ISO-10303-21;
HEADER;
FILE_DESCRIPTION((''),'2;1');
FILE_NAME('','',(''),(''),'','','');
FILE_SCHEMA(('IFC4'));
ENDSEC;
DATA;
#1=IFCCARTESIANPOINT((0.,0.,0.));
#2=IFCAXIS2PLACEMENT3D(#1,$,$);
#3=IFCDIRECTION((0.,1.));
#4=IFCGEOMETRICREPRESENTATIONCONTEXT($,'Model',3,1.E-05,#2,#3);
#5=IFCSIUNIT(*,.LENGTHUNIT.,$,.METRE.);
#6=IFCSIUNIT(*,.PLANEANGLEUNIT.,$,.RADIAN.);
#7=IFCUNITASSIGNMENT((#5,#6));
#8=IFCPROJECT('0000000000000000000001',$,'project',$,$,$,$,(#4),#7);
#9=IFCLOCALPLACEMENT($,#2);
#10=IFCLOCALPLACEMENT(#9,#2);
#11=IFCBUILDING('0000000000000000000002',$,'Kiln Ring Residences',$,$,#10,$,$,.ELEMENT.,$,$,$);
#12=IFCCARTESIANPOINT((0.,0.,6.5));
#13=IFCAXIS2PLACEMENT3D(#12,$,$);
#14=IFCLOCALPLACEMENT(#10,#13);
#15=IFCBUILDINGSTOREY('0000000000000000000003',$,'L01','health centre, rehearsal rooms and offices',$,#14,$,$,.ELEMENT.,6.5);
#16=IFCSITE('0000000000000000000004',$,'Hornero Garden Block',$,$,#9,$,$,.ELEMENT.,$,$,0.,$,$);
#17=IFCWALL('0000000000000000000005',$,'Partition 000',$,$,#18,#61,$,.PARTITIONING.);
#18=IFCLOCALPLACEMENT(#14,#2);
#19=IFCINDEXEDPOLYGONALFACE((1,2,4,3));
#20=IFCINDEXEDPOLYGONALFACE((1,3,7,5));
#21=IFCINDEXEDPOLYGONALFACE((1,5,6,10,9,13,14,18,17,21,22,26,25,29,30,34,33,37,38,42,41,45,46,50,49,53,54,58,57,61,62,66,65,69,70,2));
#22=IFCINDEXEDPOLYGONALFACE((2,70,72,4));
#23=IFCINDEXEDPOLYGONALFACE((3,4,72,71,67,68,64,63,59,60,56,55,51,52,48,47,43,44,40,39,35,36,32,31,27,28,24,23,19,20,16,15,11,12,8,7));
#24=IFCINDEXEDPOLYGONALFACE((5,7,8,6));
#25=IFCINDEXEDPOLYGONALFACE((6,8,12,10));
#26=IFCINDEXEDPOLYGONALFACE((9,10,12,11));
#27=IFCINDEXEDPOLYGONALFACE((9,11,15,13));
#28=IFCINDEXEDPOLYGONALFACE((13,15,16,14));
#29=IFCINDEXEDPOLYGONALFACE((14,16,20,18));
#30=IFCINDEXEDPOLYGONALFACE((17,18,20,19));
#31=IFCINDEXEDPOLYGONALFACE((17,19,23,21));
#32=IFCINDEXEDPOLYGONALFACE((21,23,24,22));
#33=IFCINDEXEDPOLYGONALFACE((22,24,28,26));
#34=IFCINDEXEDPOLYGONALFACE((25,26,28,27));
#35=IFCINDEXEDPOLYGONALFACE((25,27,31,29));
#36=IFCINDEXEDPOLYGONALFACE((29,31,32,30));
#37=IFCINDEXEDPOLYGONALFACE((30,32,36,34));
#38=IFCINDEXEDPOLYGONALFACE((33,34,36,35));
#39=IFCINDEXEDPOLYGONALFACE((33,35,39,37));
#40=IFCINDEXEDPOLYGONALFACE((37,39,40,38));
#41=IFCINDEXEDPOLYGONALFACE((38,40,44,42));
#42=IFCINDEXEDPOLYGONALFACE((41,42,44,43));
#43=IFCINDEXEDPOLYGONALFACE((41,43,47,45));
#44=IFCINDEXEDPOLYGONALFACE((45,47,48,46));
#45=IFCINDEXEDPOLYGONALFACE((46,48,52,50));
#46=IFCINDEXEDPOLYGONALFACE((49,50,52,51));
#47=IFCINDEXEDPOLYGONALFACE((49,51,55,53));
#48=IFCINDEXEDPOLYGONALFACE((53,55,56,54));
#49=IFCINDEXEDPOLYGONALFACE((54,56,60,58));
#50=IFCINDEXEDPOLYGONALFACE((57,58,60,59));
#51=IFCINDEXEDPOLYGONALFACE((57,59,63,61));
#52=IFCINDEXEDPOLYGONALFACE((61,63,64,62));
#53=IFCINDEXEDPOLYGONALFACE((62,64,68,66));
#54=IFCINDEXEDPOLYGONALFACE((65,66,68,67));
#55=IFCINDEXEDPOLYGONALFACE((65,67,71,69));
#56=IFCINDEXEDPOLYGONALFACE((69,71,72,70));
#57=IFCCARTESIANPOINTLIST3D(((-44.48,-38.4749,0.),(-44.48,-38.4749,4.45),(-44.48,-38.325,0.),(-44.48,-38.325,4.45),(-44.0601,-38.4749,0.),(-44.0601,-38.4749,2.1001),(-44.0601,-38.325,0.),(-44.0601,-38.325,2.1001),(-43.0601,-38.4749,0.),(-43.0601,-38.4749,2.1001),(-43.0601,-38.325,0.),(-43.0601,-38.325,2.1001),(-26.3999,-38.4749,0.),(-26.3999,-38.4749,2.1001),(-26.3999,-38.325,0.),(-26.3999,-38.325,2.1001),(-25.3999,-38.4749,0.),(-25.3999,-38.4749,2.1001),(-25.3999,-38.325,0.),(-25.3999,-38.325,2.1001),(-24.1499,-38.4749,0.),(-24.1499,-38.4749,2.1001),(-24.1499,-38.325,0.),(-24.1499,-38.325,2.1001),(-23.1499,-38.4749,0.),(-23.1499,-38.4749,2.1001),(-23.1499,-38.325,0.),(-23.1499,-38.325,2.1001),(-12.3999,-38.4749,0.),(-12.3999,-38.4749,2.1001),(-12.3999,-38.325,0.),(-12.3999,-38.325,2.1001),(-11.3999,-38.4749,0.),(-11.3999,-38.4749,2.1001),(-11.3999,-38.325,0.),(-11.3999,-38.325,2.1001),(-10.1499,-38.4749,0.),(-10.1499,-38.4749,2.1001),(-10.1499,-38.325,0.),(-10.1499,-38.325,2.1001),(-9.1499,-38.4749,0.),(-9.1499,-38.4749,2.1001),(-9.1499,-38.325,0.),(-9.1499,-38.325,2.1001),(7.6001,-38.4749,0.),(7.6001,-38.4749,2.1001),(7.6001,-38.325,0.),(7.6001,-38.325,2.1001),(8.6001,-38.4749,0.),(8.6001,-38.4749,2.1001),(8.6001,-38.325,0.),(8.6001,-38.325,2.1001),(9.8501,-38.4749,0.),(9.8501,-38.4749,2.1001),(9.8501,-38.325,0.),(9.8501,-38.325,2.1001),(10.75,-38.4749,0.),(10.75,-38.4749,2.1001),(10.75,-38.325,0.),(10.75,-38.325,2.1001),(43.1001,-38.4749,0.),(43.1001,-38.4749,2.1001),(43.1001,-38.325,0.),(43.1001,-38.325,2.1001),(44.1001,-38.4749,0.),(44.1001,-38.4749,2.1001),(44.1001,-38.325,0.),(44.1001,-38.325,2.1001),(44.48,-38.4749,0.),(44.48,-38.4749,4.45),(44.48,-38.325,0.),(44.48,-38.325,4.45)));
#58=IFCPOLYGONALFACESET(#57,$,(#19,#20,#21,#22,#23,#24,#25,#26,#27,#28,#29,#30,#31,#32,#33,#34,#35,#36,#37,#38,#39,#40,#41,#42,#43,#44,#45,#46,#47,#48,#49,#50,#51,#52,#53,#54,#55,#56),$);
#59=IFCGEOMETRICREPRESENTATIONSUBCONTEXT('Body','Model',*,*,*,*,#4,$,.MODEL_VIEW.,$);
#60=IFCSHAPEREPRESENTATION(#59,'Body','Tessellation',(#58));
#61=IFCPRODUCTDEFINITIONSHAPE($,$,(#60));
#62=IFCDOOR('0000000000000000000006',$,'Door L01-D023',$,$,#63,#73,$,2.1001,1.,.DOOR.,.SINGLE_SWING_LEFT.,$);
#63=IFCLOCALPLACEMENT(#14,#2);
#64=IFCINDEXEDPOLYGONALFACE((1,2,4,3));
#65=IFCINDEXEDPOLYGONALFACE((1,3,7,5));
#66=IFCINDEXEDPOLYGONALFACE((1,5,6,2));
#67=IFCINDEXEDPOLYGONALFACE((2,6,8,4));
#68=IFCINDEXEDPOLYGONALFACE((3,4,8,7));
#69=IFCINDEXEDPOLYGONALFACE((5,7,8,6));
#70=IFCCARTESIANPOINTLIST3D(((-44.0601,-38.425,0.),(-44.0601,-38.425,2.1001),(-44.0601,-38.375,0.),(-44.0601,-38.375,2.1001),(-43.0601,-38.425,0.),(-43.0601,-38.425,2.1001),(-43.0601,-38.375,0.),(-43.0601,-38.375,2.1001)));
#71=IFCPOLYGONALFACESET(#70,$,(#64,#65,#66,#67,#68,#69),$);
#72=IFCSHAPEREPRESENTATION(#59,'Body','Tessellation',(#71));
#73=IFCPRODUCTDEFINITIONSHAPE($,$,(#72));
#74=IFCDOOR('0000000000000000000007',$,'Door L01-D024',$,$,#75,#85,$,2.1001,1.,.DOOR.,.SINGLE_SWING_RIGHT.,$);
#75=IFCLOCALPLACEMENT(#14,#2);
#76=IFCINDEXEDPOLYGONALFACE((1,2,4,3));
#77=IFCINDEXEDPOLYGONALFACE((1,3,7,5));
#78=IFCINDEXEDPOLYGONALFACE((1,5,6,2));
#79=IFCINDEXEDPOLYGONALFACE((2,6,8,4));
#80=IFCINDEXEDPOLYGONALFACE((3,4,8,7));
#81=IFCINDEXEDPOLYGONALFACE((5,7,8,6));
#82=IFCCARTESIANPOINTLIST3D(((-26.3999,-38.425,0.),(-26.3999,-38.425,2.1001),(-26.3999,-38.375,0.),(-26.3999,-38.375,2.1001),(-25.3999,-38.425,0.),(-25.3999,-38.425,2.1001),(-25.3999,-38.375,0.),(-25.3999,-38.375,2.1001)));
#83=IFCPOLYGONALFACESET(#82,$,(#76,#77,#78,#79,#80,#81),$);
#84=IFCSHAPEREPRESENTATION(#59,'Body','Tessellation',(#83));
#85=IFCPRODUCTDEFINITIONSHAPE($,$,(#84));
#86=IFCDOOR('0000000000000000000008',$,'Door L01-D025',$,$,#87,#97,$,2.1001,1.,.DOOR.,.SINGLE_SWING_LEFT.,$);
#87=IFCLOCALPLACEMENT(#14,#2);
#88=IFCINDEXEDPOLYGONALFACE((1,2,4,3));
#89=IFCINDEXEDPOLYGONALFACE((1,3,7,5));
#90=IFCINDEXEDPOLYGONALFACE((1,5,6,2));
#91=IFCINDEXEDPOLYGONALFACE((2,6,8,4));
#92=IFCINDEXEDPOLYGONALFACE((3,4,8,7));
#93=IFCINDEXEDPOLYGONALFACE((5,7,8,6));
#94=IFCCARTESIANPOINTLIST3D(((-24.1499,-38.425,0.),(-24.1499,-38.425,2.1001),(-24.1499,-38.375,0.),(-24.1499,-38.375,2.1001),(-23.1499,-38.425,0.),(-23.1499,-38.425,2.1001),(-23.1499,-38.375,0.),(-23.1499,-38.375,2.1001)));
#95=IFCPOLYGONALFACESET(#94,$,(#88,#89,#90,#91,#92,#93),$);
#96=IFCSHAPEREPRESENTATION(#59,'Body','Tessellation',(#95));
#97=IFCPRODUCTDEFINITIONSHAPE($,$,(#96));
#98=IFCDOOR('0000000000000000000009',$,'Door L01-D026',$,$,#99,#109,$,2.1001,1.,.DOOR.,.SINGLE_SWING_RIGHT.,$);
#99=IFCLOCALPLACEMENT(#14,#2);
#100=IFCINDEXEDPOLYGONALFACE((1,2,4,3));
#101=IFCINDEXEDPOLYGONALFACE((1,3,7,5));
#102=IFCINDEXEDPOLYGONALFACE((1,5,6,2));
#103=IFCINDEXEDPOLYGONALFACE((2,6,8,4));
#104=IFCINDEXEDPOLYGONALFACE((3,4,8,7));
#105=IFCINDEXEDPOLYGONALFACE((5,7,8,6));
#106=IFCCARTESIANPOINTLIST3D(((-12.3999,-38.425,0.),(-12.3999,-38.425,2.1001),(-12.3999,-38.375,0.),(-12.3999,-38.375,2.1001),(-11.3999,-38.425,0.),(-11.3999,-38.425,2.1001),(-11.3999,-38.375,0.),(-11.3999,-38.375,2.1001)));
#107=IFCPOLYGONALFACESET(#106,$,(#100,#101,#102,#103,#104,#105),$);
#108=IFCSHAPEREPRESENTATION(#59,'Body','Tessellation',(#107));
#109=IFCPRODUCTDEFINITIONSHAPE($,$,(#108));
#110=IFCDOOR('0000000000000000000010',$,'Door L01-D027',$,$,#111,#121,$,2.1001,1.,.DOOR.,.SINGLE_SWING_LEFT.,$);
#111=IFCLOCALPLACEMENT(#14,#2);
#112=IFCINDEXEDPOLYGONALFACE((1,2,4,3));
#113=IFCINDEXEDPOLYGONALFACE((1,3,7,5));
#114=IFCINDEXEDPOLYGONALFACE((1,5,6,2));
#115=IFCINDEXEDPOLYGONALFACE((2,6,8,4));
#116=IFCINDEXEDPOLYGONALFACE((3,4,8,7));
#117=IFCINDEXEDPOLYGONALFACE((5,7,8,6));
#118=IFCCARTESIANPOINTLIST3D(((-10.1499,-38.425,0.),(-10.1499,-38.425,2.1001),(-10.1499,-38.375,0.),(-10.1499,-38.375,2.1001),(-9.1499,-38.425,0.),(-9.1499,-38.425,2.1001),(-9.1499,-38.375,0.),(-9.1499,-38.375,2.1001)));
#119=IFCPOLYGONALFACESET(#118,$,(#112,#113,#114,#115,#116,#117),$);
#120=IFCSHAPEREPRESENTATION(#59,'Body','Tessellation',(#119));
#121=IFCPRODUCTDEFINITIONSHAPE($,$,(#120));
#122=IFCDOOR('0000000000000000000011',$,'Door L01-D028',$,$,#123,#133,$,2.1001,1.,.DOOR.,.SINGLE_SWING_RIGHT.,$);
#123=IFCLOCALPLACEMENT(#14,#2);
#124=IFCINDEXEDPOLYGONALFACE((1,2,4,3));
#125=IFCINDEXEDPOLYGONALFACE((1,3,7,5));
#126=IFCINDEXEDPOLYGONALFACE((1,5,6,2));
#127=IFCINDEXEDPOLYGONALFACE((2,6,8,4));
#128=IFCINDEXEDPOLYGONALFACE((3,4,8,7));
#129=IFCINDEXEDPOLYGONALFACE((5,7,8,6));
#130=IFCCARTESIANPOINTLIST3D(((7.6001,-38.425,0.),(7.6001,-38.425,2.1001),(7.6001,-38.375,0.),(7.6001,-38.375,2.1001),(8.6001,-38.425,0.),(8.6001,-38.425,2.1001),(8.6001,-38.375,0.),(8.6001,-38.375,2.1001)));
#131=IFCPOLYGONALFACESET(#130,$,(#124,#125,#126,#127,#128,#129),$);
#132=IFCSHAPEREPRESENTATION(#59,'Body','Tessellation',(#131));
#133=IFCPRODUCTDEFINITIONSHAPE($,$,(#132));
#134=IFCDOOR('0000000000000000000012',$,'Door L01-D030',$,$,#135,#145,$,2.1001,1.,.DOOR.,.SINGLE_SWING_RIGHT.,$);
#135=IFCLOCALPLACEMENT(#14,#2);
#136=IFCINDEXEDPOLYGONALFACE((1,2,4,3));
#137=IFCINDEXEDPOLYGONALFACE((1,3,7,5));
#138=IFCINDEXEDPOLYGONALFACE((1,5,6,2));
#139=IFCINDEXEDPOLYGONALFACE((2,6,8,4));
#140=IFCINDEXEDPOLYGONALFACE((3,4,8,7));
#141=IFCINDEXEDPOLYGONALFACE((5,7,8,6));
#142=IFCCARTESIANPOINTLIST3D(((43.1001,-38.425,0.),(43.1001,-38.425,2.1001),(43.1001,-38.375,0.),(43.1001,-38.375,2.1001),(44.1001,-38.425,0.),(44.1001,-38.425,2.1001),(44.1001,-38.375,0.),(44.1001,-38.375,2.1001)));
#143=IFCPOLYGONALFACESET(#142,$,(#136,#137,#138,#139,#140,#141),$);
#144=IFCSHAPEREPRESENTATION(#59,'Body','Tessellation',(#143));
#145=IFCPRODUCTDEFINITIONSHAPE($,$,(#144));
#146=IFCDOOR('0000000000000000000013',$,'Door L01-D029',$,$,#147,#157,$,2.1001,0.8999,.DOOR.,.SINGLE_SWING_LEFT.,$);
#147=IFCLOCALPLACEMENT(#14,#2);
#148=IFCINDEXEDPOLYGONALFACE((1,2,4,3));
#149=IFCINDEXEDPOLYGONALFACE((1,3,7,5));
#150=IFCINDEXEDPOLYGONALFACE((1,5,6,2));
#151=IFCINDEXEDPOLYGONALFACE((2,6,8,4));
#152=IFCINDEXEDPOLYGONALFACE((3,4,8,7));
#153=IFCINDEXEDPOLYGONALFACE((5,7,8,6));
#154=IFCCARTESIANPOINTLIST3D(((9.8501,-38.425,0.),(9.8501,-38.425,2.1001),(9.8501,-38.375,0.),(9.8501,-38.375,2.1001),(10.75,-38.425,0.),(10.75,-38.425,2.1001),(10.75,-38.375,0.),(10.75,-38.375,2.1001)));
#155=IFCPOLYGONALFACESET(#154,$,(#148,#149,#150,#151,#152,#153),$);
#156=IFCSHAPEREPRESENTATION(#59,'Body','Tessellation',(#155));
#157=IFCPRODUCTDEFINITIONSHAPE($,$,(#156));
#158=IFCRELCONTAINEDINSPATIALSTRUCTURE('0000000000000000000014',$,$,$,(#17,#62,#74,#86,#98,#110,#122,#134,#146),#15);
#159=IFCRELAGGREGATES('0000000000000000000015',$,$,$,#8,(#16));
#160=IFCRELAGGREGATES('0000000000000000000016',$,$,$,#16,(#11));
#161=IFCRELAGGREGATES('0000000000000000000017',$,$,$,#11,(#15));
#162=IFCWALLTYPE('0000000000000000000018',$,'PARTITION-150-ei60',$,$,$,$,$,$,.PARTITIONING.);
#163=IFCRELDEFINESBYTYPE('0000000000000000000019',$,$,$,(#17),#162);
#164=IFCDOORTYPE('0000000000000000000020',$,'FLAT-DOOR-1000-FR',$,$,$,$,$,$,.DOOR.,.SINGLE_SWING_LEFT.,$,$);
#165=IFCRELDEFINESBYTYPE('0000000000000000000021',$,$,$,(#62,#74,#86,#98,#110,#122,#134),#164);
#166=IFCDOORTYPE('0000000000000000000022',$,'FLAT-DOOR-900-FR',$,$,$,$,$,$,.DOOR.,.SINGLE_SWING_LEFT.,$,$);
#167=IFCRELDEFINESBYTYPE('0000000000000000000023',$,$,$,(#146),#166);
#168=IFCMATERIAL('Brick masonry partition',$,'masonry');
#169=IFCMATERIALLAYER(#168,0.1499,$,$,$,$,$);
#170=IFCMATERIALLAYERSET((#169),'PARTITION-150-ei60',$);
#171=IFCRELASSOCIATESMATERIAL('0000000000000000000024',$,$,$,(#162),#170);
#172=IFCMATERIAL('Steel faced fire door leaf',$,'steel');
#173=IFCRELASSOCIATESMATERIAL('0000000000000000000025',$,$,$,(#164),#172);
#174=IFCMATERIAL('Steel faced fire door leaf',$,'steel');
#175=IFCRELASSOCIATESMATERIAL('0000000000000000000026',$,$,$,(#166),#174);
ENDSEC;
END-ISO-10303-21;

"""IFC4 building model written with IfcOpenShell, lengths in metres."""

from ifc_helpers import new_model, si_unit, direction, frame, frame_2d, origin, place, context, subcontext, project, spatial, rectangle, extrude, material, layer, layer_set, type_object, element, fill, save


model = new_model("IFC4")

# Units and contexts
model_context = context("Model", 3, precision=1e-05, world=origin(), true_north=direction((0.0, 1.0)))
body_context = subcontext(model_context, "Body", "Model", "MODEL_VIEW")
ifc_project = project(units=[si_unit("LENGTHUNIT", "METRE"), si_unit("PLANEANGLEUNIT", "RADIAN")], contexts=[model_context])

# Site, building, storey
site_placement = place(None, origin())
site = spatial("IfcSite", under=ifc_project, at=site_placement, Name="Hornero Garden Block", CompositionType="ELEMENT", RefElevation=0.0)
building_placement = place(site_placement, origin())
building = spatial("IfcBuilding", under=site, at=building_placement, Name="Kiln Ring Residences", CompositionType="ELEMENT")
storey_placement = place(building_placement, frame((0.0, 0.0, 6.5)))
storey = spatial("IfcBuildingStorey", under=building, at=storey_placement, Name="L01", Description="health centre, rehearsal rooms and offices", CompositionType="ELEMENT", Elevation=6.5)

# Wall, openings, doors
ifc_material_1 = material(Name="Brick masonry partition", Category="masonry")
ifc_layer_1 = layer(ifc_material_1, 0.1499)
ifc_layer_set_1 = layer_set([ifc_layer_1], Name="PARTITION-150-ei60")
wall_type_1 = type_object("IfcWallType", Name="PARTITION-150-ei60", PredefinedType="PARTITIONING", material=ifc_layer_set_1)
wall_1_placement = place(storey_placement, frame((-44.48, -38.3999, 0.0), z_axis=(0.0, 0.0, 1.0), x_axis=(1.0, 0.0, 0.0)))
wall_1 = element("IfcWall", 1, at=wall_1_placement, inside=storey, type_object=wall_type_1, Name="Partition 000", PredefinedType="PARTITIONING", context=body_context, shape_type="SweptSolid", body=[
    extrude(rectangle(XDim=88.96, YDim=0.1499, at=frame_2d((44.48, 0.0))), origin(), (0.0, 0.0, 1.0), 4.45),
])
opening_1_placement = place(wall_1_placement, frame((0.4199, 0.0, 0.0)))
opening_1 = element("IfcOpeningElement", 2, at=opening_1_placement, cuts=wall_1, PredefinedType="OPENING", context=body_context, shape_type="SweptSolid", body=[
    extrude(rectangle(XDim=1.0, YDim=2.1001, at=frame_2d((0.5, 1.05))), frame((0.0, 0.085, 0.0), z_axis=(0.0, -1.0, 0.0), x_axis=(1.0, 0.0, 0.0)), (0.0, 0.0, 1.0), 0.1699),
])
opening_2_placement = place(wall_1_placement, frame((18.0801, 0.0, 0.0)))
opening_2 = element("IfcOpeningElement", 3, at=opening_2_placement, cuts=wall_1, PredefinedType="OPENING", context=body_context, shape_type="SweptSolid", body=[
    extrude(rectangle(XDim=1.0, YDim=2.1001, at=frame_2d((0.5, 1.05))), frame((0.0, 0.085, 0.0), z_axis=(0.0, -1.0, 0.0), x_axis=(1.0, 0.0, 0.0)), (0.0, 0.0, 1.0), 0.1699),
])
opening_3_placement = place(wall_1_placement, frame((20.3301, 0.0, 0.0)))
opening_3 = element("IfcOpeningElement", 4, at=opening_3_placement, cuts=wall_1, PredefinedType="OPENING", context=body_context, shape_type="SweptSolid", body=[
    extrude(rectangle(XDim=1.0, YDim=2.1001, at=frame_2d((0.5, 1.05))), frame((0.0, 0.085, 0.0), z_axis=(0.0, -1.0, 0.0), x_axis=(1.0, 0.0, 0.0)), (0.0, 0.0, 1.0), 0.1699),
])
opening_4_placement = place(wall_1_placement, frame((32.0801, 0.0, 0.0)))
opening_4 = element("IfcOpeningElement", 5, at=opening_4_placement, cuts=wall_1, PredefinedType="OPENING", context=body_context, shape_type="SweptSolid", body=[
    extrude(rectangle(XDim=1.0, YDim=2.1001, at=frame_2d((0.5, 1.05))), frame((0.0, 0.085, 0.0), z_axis=(0.0, -1.0, 0.0), x_axis=(1.0, 0.0, 0.0)), (0.0, 0.0, 1.0), 0.1699),
])
opening_5_placement = place(wall_1_placement, frame((34.3301, 0.0, 0.0)))
opening_5 = element("IfcOpeningElement", 6, at=opening_5_placement, cuts=wall_1, PredefinedType="OPENING", context=body_context, shape_type="SweptSolid", body=[
    extrude(rectangle(XDim=1.0, YDim=2.1001, at=frame_2d((0.5, 1.05))), frame((0.0, 0.085, 0.0), z_axis=(0.0, -1.0, 0.0), x_axis=(1.0, 0.0, 0.0)), (0.0, 0.0, 1.0), 0.1699),
])
opening_6_placement = place(wall_1_placement, frame((52.0801, 0.0, 0.0)))
opening_6 = element("IfcOpeningElement", 7, at=opening_6_placement, cuts=wall_1, PredefinedType="OPENING", context=body_context, shape_type="SweptSolid", body=[
    extrude(rectangle(XDim=1.0, YDim=2.1001, at=frame_2d((0.5, 1.05))), frame((0.0, 0.085, 0.0), z_axis=(0.0, -1.0, 0.0), x_axis=(1.0, 0.0, 0.0)), (0.0, 0.0, 1.0), 0.1699),
])
opening_7_placement = place(wall_1_placement, frame((54.3301, 0.0, 0.0)))
opening_7 = element("IfcOpeningElement", 8, at=opening_7_placement, cuts=wall_1, PredefinedType="OPENING", context=body_context, shape_type="SweptSolid", body=[
    extrude(rectangle(XDim=0.8999, YDim=2.1001, at=frame_2d((0.45, 1.05))), frame((0.0, 0.085, 0.0), z_axis=(0.0, -1.0, 0.0), x_axis=(1.0, 0.0, 0.0)), (0.0, 0.0, 1.0), 0.1699),
])
opening_8_placement = place(wall_1_placement, frame((87.5801, 0.0, 0.0)))
opening_8 = element("IfcOpeningElement", 9, at=opening_8_placement, cuts=wall_1, PredefinedType="OPENING", context=body_context, shape_type="SweptSolid", body=[
    extrude(rectangle(XDim=1.0, YDim=2.1001, at=frame_2d((0.5, 1.05))), frame((0.0, 0.085, 0.0), z_axis=(0.0, -1.0, 0.0), x_axis=(1.0, 0.0, 0.0)), (0.0, 0.0, 1.0), 0.1699),
])
ifc_material_2 = material(Name="Steel faced fire door leaf", Category="steel")
door_type_1 = type_object("IfcDoorType", Name="FLAT-DOOR-1000-FR", OperationType="SINGLE_SWING_LEFT", PredefinedType="DOOR", material=ifc_material_2)
door_1_placement = place(opening_1_placement, origin())
door_1 = element("IfcDoor", 10, at=door_1_placement, inside=storey, type_object=door_type_1, Name="Door L01-D023", OperationType="SINGLE_SWING_LEFT", OverallHeight=2.1001, OverallWidth=1.0, PredefinedType="DOOR", context=body_context, shape_type="SweptSolid", body=[
    extrude(rectangle(XDim=1.0, YDim=2.1001, at=frame_2d((0.5, 1.05))), frame((0.0, 0.0249, 0.0), z_axis=(0.0, -1.0, 0.0), x_axis=(1.0, 0.0, 0.0)), (0.0, 0.0, 1.0), 0.05),
])
fill(opening_1, door_1)
door_2_placement = place(opening_2_placement, origin())
door_2 = element("IfcDoor", 11, at=door_2_placement, inside=storey, type_object=door_type_1, Name="Door L01-D024", OperationType="SINGLE_SWING_RIGHT", OverallHeight=2.1001, OverallWidth=1.0, PredefinedType="DOOR", context=body_context, shape_type="SweptSolid", body=[
    extrude(rectangle(XDim=1.0, YDim=2.1001, at=frame_2d((0.5, 1.05))), frame((0.0, 0.0249, 0.0), z_axis=(0.0, -1.0, 0.0), x_axis=(1.0, 0.0, 0.0)), (0.0, 0.0, 1.0), 0.05),
])
fill(opening_2, door_2)
door_3_placement = place(opening_3_placement, origin())
door_3 = element("IfcDoor", 12, at=door_3_placement, inside=storey, type_object=door_type_1, Name="Door L01-D025", OperationType="SINGLE_SWING_LEFT", OverallHeight=2.1001, OverallWidth=1.0, PredefinedType="DOOR", context=body_context, shape_type="SweptSolid", body=[
    extrude(rectangle(XDim=1.0, YDim=2.1001, at=frame_2d((0.5, 1.05))), frame((0.0, 0.0249, 0.0), z_axis=(0.0, -1.0, 0.0), x_axis=(1.0, 0.0, 0.0)), (0.0, 0.0, 1.0), 0.05),
])
fill(opening_3, door_3)
door_4_placement = place(opening_4_placement, origin())
door_4 = element("IfcDoor", 13, at=door_4_placement, inside=storey, type_object=door_type_1, Name="Door L01-D026", OperationType="SINGLE_SWING_RIGHT", OverallHeight=2.1001, OverallWidth=1.0, PredefinedType="DOOR", context=body_context, shape_type="SweptSolid", body=[
    extrude(rectangle(XDim=1.0, YDim=2.1001, at=frame_2d((0.5, 1.05))), frame((0.0, 0.0249, 0.0), z_axis=(0.0, -1.0, 0.0), x_axis=(1.0, 0.0, 0.0)), (0.0, 0.0, 1.0), 0.05),
])
fill(opening_4, door_4)
door_5_placement = place(opening_5_placement, origin())
door_5 = element("IfcDoor", 14, at=door_5_placement, inside=storey, type_object=door_type_1, Name="Door L01-D027", OperationType="SINGLE_SWING_LEFT", OverallHeight=2.1001, OverallWidth=1.0, PredefinedType="DOOR", context=body_context, shape_type="SweptSolid", body=[
    extrude(rectangle(XDim=1.0, YDim=2.1001, at=frame_2d((0.5, 1.05))), frame((0.0, 0.0249, 0.0), z_axis=(0.0, -1.0, 0.0), x_axis=(1.0, 0.0, 0.0)), (0.0, 0.0, 1.0), 0.05),
])
fill(opening_5, door_5)
door_6_placement = place(opening_6_placement, origin())
door_6 = element("IfcDoor", 15, at=door_6_placement, inside=storey, type_object=door_type_1, Name="Door L01-D028", OperationType="SINGLE_SWING_RIGHT", OverallHeight=2.1001, OverallWidth=1.0, PredefinedType="DOOR", context=body_context, shape_type="SweptSolid", body=[
    extrude(rectangle(XDim=1.0, YDim=2.1001, at=frame_2d((0.5, 1.05))), frame((0.0, 0.0249, 0.0), z_axis=(0.0, -1.0, 0.0), x_axis=(1.0, 0.0, 0.0)), (0.0, 0.0, 1.0), 0.05),
])
fill(opening_6, door_6)
door_7_placement = place(opening_8_placement, origin())
door_7 = element("IfcDoor", 16, at=door_7_placement, inside=storey, type_object=door_type_1, Name="Door L01-D030", OperationType="SINGLE_SWING_RIGHT", OverallHeight=2.1001, OverallWidth=1.0, PredefinedType="DOOR", context=body_context, shape_type="SweptSolid", body=[
    extrude(rectangle(XDim=1.0, YDim=2.1001, at=frame_2d((0.5, 1.05))), frame((0.0, 0.0249, 0.0), z_axis=(0.0, -1.0, 0.0), x_axis=(1.0, 0.0, 0.0)), (0.0, 0.0, 1.0), 0.05),
])
fill(opening_8, door_7)
ifc_material_3 = material(Name="Steel faced fire door leaf", Category="steel")
door_type_2 = type_object("IfcDoorType", Name="FLAT-DOOR-900-FR", OperationType="SINGLE_SWING_LEFT", PredefinedType="DOOR", material=ifc_material_3)
door_8_placement = place(opening_7_placement, origin())
door_8 = element("IfcDoor", 17, at=door_8_placement, inside=storey, type_object=door_type_2, Name="Door L01-D029", OperationType="SINGLE_SWING_LEFT", OverallHeight=2.1001, OverallWidth=0.8999, PredefinedType="DOOR", context=body_context, shape_type="SweptSolid", body=[
    extrude(rectangle(XDim=0.8999, YDim=2.1001, at=frame_2d((0.45, 1.05))), frame((0.0, 0.0249, 0.0), z_axis=(0.0, -1.0, 0.0), x_axis=(1.0, 0.0, 0.0)), (0.0, 0.0, 1.0), 0.05),
])
fill(opening_7, door_8)

save(model, "model.ifc")
